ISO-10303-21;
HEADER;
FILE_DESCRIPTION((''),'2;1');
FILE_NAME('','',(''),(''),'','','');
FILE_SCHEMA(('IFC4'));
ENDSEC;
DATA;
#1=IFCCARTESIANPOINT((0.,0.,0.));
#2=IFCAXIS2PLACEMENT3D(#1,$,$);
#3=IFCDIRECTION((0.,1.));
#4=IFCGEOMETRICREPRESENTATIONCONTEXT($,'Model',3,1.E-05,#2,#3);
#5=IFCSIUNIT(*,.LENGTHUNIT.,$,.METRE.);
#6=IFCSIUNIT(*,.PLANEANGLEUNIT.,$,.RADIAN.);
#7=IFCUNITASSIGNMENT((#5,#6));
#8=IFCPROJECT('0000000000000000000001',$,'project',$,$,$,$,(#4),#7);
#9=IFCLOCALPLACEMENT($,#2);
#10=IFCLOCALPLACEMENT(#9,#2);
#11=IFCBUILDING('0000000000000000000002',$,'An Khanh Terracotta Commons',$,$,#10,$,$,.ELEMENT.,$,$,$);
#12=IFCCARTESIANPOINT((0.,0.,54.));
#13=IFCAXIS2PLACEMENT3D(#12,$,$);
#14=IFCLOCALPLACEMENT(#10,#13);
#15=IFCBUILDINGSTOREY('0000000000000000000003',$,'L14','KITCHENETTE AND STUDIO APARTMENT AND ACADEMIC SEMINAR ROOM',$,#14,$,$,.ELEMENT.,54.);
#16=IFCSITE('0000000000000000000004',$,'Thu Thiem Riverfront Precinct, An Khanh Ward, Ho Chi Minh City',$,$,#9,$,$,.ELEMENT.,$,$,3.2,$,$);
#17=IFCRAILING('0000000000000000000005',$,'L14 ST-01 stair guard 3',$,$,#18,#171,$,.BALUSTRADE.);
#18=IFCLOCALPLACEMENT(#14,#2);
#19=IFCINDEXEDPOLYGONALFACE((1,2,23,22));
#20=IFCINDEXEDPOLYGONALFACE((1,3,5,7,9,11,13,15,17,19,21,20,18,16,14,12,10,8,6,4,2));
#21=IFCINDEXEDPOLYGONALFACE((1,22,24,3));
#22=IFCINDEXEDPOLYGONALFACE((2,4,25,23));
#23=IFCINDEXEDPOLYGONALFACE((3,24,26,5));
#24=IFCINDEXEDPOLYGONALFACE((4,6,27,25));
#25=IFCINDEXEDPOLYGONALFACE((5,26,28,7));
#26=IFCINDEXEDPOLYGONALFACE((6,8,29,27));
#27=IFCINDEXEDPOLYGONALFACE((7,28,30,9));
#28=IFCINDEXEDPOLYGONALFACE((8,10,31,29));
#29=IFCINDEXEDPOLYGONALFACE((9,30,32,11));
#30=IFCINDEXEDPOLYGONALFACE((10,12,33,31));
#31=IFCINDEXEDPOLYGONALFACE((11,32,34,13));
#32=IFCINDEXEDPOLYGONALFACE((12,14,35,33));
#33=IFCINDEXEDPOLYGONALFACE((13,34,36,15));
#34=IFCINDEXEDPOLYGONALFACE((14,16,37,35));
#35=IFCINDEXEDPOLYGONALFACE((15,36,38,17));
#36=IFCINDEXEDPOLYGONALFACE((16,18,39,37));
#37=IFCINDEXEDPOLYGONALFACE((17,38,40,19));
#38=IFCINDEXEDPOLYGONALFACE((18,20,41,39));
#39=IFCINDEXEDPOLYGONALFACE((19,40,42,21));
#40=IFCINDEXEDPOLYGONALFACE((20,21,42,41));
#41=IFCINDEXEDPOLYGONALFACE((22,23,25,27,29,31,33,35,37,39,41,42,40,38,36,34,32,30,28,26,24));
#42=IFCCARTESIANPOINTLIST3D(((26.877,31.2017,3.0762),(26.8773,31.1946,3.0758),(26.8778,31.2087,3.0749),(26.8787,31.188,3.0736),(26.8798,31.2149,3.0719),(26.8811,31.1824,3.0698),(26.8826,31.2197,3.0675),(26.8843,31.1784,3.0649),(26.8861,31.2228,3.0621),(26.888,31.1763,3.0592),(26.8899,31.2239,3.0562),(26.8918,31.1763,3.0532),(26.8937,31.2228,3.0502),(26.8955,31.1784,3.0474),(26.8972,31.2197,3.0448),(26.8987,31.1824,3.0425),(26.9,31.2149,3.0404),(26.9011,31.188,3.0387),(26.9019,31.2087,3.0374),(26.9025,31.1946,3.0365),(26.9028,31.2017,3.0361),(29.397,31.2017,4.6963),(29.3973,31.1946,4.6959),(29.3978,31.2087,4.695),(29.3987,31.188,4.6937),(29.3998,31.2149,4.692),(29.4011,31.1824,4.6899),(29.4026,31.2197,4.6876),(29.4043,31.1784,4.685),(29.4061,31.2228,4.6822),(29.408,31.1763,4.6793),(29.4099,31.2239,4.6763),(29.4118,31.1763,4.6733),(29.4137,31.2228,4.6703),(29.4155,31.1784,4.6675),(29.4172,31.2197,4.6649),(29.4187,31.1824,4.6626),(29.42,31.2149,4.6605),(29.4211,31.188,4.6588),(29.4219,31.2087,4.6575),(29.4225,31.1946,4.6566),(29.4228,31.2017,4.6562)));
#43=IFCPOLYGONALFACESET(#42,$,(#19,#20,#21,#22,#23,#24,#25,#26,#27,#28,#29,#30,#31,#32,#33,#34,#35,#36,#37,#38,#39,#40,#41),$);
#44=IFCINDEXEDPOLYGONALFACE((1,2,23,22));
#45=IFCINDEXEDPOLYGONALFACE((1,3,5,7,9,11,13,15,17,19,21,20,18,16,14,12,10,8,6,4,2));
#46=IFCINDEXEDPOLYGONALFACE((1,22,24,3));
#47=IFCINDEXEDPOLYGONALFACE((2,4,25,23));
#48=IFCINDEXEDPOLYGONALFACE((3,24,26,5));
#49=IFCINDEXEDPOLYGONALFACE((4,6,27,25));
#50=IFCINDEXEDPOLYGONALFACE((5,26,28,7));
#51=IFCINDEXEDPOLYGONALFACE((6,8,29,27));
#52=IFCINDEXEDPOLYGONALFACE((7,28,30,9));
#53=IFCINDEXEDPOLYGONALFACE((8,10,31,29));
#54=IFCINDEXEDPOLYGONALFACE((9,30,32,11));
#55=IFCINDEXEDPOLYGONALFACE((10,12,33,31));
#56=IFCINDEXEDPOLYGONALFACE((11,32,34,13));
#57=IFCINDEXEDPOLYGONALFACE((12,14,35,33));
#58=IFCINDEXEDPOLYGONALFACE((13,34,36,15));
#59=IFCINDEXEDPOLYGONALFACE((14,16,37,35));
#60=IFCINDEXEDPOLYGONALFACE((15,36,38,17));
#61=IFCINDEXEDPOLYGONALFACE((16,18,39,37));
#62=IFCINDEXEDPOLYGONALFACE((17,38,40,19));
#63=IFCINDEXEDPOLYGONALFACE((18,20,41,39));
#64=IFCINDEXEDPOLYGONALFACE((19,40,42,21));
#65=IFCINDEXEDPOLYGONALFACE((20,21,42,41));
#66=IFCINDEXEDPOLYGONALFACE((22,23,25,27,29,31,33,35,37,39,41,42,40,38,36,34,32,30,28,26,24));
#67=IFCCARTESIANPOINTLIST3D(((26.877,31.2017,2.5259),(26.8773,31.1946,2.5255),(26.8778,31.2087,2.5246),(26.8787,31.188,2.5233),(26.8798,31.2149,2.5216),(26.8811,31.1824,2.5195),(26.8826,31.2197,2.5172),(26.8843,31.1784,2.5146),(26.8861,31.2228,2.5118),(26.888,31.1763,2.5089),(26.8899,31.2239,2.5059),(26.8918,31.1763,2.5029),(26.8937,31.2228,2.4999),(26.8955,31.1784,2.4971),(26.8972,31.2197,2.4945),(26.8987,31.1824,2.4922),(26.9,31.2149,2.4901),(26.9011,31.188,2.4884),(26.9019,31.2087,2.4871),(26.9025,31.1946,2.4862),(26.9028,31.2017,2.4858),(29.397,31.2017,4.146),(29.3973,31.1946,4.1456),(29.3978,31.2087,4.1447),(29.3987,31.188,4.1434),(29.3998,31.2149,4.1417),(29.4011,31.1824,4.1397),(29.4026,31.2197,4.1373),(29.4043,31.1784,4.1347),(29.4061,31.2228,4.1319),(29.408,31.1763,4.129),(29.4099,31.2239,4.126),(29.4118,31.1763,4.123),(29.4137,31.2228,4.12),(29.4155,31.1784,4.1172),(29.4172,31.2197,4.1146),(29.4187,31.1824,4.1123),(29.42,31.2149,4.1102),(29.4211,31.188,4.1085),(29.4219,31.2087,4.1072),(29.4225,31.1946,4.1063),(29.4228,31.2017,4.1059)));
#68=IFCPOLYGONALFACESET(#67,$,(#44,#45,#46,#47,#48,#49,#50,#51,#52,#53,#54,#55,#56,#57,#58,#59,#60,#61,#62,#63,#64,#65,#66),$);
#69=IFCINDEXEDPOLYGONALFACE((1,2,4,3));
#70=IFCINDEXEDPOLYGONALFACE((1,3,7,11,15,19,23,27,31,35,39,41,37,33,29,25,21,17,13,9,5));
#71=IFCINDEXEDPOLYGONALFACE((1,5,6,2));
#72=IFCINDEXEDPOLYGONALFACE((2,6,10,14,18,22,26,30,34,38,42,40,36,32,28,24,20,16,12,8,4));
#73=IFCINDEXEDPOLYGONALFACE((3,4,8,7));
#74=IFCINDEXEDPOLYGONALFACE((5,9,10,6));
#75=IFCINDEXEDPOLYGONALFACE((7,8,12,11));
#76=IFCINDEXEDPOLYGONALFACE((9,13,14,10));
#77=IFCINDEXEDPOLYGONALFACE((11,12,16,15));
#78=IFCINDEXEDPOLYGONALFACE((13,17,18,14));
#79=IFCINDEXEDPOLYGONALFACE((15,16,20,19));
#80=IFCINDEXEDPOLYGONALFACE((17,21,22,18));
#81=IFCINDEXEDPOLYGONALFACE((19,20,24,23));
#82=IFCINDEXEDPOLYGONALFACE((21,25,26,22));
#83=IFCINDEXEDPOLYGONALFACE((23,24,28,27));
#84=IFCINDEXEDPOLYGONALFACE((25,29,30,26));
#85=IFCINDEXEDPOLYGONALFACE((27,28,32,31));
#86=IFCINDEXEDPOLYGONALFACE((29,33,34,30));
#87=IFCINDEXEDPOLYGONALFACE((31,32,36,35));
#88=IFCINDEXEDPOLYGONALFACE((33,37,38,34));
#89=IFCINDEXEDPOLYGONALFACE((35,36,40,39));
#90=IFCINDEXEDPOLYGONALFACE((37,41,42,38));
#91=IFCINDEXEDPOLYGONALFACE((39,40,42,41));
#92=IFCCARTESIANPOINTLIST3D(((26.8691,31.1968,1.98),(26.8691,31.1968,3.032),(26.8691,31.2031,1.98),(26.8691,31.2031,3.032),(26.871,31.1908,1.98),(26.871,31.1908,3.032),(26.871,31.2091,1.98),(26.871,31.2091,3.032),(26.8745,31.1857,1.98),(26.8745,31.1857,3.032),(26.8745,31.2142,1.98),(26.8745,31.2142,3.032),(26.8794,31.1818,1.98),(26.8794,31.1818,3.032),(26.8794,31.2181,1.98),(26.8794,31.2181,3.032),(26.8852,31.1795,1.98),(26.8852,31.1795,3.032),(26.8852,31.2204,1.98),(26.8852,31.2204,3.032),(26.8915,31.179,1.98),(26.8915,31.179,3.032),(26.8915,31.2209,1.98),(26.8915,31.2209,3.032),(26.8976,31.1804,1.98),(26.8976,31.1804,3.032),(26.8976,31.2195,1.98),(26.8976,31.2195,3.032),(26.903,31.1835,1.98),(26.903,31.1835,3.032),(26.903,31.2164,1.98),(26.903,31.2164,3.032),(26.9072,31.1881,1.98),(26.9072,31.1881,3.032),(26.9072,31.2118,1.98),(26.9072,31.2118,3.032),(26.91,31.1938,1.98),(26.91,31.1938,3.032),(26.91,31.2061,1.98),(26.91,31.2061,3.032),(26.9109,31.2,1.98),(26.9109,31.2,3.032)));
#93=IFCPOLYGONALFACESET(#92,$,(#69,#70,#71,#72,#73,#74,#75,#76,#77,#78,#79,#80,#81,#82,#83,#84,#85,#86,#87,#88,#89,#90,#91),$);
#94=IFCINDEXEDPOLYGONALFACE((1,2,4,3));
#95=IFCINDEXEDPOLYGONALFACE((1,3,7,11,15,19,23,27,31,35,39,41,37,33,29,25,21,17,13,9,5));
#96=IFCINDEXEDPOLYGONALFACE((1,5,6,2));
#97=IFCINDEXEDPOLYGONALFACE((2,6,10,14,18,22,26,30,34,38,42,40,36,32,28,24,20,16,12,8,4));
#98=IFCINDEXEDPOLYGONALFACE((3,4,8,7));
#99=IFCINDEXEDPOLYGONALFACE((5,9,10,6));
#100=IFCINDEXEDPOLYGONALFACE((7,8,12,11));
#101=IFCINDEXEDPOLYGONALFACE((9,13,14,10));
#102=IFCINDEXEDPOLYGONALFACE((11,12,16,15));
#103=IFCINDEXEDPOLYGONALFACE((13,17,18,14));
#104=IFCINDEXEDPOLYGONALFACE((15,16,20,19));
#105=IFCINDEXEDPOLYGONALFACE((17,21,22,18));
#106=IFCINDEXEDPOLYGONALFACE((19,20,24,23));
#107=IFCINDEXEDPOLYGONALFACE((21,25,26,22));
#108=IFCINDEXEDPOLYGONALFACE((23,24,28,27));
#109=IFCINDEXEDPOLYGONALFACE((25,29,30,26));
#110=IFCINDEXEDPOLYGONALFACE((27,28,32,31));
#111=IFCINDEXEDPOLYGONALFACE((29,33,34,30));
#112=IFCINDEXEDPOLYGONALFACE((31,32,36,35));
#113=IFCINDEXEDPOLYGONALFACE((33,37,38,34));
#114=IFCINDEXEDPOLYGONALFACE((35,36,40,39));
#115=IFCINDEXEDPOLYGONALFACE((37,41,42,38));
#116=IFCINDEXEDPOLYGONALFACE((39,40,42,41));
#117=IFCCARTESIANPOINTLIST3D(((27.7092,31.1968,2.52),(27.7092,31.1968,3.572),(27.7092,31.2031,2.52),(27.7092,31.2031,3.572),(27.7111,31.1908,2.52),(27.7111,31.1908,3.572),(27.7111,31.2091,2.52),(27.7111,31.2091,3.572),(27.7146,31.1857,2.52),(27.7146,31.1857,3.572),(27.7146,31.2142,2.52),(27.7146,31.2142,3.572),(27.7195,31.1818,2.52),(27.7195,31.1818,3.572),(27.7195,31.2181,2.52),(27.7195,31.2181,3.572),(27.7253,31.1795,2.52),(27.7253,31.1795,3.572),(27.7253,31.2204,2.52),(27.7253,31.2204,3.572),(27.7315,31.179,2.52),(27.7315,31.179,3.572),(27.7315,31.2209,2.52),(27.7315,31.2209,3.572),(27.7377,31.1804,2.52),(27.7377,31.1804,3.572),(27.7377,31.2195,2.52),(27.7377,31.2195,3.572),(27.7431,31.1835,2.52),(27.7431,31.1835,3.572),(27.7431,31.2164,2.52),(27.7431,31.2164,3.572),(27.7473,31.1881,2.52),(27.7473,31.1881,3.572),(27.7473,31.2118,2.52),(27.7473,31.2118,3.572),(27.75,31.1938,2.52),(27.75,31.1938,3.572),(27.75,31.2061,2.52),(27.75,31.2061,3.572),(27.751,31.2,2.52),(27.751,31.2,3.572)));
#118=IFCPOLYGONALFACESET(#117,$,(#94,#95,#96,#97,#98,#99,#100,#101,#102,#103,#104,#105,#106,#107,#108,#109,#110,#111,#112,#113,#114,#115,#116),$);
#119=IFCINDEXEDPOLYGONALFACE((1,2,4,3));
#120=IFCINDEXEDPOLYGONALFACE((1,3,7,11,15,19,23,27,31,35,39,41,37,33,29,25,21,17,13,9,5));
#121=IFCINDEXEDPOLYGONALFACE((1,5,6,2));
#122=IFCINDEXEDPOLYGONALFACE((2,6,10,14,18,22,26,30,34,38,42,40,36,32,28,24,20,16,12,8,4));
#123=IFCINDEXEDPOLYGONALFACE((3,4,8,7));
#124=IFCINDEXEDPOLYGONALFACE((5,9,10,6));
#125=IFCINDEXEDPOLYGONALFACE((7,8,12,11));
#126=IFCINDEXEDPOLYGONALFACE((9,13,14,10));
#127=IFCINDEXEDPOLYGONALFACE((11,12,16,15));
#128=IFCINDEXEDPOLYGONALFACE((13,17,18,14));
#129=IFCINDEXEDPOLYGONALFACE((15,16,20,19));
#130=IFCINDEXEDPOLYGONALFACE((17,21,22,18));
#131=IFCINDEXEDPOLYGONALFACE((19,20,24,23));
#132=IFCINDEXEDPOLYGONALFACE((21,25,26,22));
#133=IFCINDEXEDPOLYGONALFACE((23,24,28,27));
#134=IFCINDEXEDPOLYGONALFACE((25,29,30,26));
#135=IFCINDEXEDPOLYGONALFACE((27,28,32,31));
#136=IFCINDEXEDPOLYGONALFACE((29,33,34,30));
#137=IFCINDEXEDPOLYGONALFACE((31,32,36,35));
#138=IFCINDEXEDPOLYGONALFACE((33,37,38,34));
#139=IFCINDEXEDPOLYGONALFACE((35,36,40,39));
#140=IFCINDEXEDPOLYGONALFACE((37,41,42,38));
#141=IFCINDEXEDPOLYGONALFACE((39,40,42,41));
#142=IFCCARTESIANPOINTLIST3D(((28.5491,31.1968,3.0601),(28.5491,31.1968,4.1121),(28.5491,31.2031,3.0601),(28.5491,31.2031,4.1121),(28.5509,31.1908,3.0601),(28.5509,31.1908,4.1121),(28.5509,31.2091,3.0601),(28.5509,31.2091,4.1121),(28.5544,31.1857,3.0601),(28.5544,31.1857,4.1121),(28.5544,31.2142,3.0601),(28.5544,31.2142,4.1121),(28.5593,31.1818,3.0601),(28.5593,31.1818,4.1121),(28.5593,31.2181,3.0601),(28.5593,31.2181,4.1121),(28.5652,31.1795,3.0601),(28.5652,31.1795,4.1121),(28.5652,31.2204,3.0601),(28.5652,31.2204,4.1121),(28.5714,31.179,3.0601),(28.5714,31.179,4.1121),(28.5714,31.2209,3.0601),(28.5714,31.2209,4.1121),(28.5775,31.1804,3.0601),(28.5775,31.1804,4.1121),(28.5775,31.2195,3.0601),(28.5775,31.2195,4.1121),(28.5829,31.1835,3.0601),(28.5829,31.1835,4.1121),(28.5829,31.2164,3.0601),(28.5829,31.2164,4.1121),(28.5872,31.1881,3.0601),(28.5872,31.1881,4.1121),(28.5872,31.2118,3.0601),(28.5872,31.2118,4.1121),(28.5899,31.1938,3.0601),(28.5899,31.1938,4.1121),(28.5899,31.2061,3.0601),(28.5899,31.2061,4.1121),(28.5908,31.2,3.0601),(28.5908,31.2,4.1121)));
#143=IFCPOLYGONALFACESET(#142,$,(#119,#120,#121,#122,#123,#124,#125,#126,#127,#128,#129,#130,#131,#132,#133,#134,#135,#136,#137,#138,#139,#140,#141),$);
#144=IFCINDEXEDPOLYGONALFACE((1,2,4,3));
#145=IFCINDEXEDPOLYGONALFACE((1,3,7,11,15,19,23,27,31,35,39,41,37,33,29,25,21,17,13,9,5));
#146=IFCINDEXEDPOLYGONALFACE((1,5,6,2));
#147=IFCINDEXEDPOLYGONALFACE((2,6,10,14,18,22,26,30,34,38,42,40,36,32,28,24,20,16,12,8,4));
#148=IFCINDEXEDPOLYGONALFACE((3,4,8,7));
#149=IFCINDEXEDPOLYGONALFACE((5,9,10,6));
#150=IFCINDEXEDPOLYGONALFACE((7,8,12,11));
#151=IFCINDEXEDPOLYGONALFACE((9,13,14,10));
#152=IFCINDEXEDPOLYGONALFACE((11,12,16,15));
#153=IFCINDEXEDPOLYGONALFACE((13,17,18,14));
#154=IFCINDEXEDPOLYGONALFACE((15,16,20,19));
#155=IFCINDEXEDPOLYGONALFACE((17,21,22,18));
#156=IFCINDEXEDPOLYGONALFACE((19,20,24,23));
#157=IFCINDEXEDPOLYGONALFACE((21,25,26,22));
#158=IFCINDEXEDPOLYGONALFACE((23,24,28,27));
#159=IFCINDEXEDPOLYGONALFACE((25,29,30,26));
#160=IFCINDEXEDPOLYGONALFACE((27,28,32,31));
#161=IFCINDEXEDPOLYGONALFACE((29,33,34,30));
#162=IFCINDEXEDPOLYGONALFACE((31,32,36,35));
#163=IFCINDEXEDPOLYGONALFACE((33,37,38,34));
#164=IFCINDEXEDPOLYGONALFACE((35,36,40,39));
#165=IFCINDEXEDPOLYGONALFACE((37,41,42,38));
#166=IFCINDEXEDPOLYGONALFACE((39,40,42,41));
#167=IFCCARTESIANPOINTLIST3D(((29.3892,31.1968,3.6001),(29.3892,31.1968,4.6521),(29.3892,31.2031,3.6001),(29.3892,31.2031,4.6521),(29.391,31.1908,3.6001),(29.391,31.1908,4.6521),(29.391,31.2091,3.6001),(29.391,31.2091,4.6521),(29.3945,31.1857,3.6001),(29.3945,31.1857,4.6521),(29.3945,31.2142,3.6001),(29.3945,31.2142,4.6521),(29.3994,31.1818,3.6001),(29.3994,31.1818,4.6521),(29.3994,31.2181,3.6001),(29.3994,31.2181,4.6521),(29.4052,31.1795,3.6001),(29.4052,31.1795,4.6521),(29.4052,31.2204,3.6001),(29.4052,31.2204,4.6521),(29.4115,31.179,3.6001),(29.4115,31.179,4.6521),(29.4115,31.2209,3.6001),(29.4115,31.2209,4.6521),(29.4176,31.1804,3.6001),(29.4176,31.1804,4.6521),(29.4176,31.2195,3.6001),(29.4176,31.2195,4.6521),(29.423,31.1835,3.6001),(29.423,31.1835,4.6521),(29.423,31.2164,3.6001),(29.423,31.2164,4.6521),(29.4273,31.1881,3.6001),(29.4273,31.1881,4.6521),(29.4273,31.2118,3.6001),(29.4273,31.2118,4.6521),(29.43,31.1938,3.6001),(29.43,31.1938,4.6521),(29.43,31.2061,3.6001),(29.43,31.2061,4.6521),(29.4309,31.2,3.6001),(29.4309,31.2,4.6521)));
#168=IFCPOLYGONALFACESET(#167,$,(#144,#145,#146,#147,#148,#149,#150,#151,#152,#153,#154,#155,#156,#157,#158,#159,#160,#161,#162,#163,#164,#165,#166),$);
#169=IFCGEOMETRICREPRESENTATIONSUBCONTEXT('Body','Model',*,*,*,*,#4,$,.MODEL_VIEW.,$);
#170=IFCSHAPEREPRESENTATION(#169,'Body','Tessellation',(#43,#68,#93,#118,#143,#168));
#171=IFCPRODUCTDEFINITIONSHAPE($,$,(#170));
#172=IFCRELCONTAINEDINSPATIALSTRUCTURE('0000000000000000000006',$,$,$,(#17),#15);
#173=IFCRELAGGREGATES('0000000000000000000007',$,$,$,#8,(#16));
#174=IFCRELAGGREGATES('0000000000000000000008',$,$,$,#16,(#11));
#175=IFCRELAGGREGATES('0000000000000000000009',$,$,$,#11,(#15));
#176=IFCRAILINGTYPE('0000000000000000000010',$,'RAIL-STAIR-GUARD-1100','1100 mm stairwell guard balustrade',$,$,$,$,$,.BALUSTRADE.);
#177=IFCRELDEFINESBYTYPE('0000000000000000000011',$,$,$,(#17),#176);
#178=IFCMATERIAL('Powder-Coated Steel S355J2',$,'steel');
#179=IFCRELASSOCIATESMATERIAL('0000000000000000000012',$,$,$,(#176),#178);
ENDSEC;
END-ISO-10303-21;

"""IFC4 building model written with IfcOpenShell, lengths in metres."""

from ifc_helpers import new_model, si_unit, direction, frame, origin, origin_2d, place, context, subcontext, project, spatial, circle, extrude, material, type_object, element, save


model = new_model("IFC4")

# Units and contexts
model_context = context("Model", 3, precision=1e-05, world=origin(), true_north=direction((0.0, 1.0)))
body_context = subcontext(model_context, "Body", "Model", "MODEL_VIEW")
ifc_project = project(units=[si_unit("LENGTHUNIT", "METRE"), si_unit("PLANEANGLEUNIT", "RADIAN")], contexts=[model_context])

# Site, building, storey
site_placement = place(None, origin())
site = spatial("IfcSite", under=ifc_project, at=site_placement, Name="Thu Thiem Riverfront Precinct, An Khanh Ward, Ho Chi Minh City", CompositionType="ELEMENT", RefElevation=3.2)
building_placement = place(site_placement, origin())
building = spatial("IfcBuilding", under=site, at=building_placement, Name="An Khanh Terracotta Commons", CompositionType="ELEMENT")
storey_placement = place(building_placement, frame((0.0, 0.0, 54.0)))
storey = spatial("IfcBuildingStorey", under=building, at=storey_placement, Name="L14", Description="KITCHENETTE AND STUDIO APARTMENT AND ACADEMIC SEMINAR ROOM", CompositionType="ELEMENT", Elevation=54.0)

# Railing
ifc_material_1 = material(Name="Powder-Coated Steel S355J2", Category="steel")
railing_type_1 = type_object("IfcRailingType", Name="RAIL-STAIR-GUARD-1100", Description="1100 mm stairwell guard balustrade", PredefinedType="BALUSTRADE", material=ifc_material_1)
railing_1_placement = place(storey_placement, frame((26.8899, 31.2, 1.98)))
element("IfcRailing", 1, at=railing_1_placement, inside=storey, type_object=railing_type_1, Name="L14 ST-01 stair guard 3", PredefinedType="BALUSTRADE", context=body_context, shape_type="SweptSolid", body=[
    extrude(circle(Radius=0.0239, at=origin_2d()), frame((0.0, 0.0, 1.0762), z_axis=(0.841163, 0.0, 0.540782), x_axis=(0.0, 1.0, 0.0)), (0.0, 0.0, 1.0), 2.9958),
    extrude(circle(Radius=0.0239, at=origin_2d()), frame((0.0, 0.0, 0.5259), z_axis=(0.841163, 0.0, 0.540782), x_axis=(0.0, 1.0, 0.0)), (0.0, 0.0, 1.0), 2.9958),
    extrude(circle(Radius=0.021, at=origin_2d()), origin(), (0.0, 0.0, 1.0), 1.052),
    extrude(circle(Radius=0.021, at=origin_2d()), frame((0.8401, 0.0, 0.54)), (0.0, 0.0, 1.0), 1.052),
    extrude(circle(Radius=0.021, at=origin_2d()), frame((1.6799, 0.0, 1.0801)), (0.0, 0.0, 1.0), 1.052),
    extrude(circle(Radius=0.021, at=origin_2d()), frame((2.52, 0.0, 1.6201)), (0.0, 0.0, 1.0), 1.052),
])

save(model, "model.ifc")
